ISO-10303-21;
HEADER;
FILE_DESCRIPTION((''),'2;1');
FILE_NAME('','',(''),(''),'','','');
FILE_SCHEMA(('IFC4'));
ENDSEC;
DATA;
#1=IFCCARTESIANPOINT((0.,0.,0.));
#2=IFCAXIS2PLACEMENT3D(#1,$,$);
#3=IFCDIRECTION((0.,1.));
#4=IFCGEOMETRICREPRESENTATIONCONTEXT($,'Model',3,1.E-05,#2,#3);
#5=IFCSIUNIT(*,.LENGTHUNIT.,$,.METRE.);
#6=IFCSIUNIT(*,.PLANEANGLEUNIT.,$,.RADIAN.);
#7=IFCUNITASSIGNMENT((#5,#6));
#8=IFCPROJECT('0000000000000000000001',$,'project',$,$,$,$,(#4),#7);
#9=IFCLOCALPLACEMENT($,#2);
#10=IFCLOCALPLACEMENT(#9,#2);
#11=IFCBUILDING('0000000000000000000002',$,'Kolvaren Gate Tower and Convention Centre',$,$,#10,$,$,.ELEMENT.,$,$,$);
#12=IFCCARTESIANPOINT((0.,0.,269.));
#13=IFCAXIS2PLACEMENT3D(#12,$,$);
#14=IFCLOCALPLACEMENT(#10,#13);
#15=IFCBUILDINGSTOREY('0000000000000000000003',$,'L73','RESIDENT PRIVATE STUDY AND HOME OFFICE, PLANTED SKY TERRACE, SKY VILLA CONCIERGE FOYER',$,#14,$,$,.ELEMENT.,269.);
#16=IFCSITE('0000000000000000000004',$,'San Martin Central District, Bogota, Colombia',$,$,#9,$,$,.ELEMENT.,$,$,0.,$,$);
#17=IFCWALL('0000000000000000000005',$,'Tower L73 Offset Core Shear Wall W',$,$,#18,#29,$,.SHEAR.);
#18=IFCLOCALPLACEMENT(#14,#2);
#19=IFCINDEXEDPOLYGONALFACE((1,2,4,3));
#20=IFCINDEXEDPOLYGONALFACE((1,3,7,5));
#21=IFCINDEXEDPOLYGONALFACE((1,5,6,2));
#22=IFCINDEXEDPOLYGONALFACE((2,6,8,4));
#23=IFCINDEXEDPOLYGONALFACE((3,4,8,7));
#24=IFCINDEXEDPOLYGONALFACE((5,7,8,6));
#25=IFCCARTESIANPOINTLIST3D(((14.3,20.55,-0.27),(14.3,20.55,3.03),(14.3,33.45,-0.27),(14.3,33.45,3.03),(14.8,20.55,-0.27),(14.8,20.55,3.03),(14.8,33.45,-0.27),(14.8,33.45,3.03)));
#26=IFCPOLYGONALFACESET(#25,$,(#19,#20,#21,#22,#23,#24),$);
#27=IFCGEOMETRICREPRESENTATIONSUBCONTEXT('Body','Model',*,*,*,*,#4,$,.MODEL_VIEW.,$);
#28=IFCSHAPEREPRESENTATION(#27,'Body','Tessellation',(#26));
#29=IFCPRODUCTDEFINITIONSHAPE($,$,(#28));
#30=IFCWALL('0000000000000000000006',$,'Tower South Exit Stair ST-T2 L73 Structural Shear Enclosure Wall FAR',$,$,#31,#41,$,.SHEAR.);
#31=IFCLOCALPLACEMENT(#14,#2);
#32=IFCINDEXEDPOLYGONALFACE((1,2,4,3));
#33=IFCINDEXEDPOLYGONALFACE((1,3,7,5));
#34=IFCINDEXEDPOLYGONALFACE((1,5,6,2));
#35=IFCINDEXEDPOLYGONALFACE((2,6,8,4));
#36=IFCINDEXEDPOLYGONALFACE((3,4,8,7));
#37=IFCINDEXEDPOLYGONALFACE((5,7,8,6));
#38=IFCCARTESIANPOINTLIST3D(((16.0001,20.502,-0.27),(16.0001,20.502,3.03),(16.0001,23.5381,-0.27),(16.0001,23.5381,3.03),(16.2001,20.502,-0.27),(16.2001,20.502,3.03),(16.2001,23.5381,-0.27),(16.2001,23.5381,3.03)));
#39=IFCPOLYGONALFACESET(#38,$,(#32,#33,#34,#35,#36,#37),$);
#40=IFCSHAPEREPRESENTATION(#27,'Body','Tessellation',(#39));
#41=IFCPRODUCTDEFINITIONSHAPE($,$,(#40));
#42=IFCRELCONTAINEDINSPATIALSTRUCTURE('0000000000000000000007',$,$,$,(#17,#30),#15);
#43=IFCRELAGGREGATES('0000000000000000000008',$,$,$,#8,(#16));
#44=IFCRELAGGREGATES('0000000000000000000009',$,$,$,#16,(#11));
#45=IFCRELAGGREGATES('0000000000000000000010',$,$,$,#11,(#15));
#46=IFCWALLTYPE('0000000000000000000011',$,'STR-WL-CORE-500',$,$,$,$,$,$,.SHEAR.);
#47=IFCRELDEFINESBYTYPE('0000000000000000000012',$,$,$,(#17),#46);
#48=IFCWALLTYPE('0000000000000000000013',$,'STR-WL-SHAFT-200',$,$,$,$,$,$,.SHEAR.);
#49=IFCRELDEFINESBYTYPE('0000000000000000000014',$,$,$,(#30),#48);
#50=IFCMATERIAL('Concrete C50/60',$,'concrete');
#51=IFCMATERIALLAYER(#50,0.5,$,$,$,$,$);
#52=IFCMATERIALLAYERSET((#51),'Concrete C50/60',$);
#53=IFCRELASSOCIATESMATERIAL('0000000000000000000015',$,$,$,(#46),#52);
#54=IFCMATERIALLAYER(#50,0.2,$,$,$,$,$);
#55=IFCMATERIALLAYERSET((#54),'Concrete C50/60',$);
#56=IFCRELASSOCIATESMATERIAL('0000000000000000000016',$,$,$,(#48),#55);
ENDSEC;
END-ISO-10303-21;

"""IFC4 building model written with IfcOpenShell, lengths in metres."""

from ifc_helpers import new_model, si_unit, direction, frame, frame_2d, origin, place, context, subcontext, project, spatial, rectangle, extrude, material, layer, layer_set, type_object, element, save


model = new_model("IFC4")

# Units and contexts
model_context = context("Model", 3, precision=1e-05, world=origin(), true_north=direction((0.0, 1.0)))
body_context = subcontext(model_context, "Body", "Model", "MODEL_VIEW")
ifc_project = project(units=[si_unit("LENGTHUNIT", "METRE"), si_unit("PLANEANGLEUNIT", "RADIAN")], contexts=[model_context])

# Site, building, storey
site_placement = place(None, origin())
site = spatial("IfcSite", under=ifc_project, at=site_placement, Name="San Martin Central District, Bogota, Colombia", CompositionType="ELEMENT", RefElevation=0.0)
building_placement = place(site_placement, origin())
building = spatial("IfcBuilding", under=site, at=building_placement, Name="Kolvaren Gate Tower and Convention Centre", CompositionType="ELEMENT")
storey_placement = place(building_placement, frame((0.0, 0.0, 269.0)))
storey = spatial("IfcBuildingStorey", under=building, at=storey_placement, Name="L73", Description="RESIDENT PRIVATE STUDY AND HOME OFFICE, PLANTED SKY TERRACE, SKY VILLA CONCIERGE FOYER", CompositionType="ELEMENT", Elevation=269.0)

# Walls
ifc_material_1 = material(Name="Concrete C50/60", Category="concrete")
ifc_layer_1 = layer(ifc_material_1, 0.5)
ifc_layer_set_1 = layer_set([ifc_layer_1], Name="Concrete C50/60")
wall_type_1 = type_object("IfcWallType", Name="STR-WL-CORE-500", PredefinedType="SHEAR", material=ifc_layer_set_1)
wall_1_placement = place(storey_placement, frame((14.55, 20.55, -0.27), z_axis=(0.0, 0.0, 1.0), x_axis=(0.0, 1.0, 0.0)))
element("IfcWall", 1, at=wall_1_placement, inside=storey, type_object=wall_type_1, Name="Tower L73 Offset Core Shear Wall W", PredefinedType="SHEAR", context=body_context, shape_type="SweptSolid", body=[
    extrude(rectangle(XDim=12.8999, YDim=0.5, at=frame_2d((6.45, 0.0))), origin(), (0.0, 0.0, 1.0), 3.3),
])
ifc_layer_2 = layer(ifc_material_1, 0.2)
ifc_layer_set_2 = layer_set([ifc_layer_2], Name="Concrete C50/60")
wall_type_2 = type_object("IfcWallType", Name="STR-WL-SHAFT-200", PredefinedType="SHEAR", material=ifc_layer_set_2)
wall_2_placement = place(storey_placement, frame((16.1001, 20.502, -0.27), z_axis=(0.0, 0.0, 1.0), x_axis=(0.0, 1.0, 0.0)))
element("IfcWall", 2, at=wall_2_placement, inside=storey, type_object=wall_type_2, Name="Tower South Exit Stair ST-T2 L73 Structural Shear Enclosure Wall FAR", PredefinedType="SHEAR", context=body_context, shape_type="SweptSolid", body=[
    extrude(rectangle(XDim=3.0361, YDim=0.2, at=frame_2d((1.5181, 0.0))), origin(), (0.0, 0.0, 1.0), 3.3),
])

save(model, "model.ifc")
